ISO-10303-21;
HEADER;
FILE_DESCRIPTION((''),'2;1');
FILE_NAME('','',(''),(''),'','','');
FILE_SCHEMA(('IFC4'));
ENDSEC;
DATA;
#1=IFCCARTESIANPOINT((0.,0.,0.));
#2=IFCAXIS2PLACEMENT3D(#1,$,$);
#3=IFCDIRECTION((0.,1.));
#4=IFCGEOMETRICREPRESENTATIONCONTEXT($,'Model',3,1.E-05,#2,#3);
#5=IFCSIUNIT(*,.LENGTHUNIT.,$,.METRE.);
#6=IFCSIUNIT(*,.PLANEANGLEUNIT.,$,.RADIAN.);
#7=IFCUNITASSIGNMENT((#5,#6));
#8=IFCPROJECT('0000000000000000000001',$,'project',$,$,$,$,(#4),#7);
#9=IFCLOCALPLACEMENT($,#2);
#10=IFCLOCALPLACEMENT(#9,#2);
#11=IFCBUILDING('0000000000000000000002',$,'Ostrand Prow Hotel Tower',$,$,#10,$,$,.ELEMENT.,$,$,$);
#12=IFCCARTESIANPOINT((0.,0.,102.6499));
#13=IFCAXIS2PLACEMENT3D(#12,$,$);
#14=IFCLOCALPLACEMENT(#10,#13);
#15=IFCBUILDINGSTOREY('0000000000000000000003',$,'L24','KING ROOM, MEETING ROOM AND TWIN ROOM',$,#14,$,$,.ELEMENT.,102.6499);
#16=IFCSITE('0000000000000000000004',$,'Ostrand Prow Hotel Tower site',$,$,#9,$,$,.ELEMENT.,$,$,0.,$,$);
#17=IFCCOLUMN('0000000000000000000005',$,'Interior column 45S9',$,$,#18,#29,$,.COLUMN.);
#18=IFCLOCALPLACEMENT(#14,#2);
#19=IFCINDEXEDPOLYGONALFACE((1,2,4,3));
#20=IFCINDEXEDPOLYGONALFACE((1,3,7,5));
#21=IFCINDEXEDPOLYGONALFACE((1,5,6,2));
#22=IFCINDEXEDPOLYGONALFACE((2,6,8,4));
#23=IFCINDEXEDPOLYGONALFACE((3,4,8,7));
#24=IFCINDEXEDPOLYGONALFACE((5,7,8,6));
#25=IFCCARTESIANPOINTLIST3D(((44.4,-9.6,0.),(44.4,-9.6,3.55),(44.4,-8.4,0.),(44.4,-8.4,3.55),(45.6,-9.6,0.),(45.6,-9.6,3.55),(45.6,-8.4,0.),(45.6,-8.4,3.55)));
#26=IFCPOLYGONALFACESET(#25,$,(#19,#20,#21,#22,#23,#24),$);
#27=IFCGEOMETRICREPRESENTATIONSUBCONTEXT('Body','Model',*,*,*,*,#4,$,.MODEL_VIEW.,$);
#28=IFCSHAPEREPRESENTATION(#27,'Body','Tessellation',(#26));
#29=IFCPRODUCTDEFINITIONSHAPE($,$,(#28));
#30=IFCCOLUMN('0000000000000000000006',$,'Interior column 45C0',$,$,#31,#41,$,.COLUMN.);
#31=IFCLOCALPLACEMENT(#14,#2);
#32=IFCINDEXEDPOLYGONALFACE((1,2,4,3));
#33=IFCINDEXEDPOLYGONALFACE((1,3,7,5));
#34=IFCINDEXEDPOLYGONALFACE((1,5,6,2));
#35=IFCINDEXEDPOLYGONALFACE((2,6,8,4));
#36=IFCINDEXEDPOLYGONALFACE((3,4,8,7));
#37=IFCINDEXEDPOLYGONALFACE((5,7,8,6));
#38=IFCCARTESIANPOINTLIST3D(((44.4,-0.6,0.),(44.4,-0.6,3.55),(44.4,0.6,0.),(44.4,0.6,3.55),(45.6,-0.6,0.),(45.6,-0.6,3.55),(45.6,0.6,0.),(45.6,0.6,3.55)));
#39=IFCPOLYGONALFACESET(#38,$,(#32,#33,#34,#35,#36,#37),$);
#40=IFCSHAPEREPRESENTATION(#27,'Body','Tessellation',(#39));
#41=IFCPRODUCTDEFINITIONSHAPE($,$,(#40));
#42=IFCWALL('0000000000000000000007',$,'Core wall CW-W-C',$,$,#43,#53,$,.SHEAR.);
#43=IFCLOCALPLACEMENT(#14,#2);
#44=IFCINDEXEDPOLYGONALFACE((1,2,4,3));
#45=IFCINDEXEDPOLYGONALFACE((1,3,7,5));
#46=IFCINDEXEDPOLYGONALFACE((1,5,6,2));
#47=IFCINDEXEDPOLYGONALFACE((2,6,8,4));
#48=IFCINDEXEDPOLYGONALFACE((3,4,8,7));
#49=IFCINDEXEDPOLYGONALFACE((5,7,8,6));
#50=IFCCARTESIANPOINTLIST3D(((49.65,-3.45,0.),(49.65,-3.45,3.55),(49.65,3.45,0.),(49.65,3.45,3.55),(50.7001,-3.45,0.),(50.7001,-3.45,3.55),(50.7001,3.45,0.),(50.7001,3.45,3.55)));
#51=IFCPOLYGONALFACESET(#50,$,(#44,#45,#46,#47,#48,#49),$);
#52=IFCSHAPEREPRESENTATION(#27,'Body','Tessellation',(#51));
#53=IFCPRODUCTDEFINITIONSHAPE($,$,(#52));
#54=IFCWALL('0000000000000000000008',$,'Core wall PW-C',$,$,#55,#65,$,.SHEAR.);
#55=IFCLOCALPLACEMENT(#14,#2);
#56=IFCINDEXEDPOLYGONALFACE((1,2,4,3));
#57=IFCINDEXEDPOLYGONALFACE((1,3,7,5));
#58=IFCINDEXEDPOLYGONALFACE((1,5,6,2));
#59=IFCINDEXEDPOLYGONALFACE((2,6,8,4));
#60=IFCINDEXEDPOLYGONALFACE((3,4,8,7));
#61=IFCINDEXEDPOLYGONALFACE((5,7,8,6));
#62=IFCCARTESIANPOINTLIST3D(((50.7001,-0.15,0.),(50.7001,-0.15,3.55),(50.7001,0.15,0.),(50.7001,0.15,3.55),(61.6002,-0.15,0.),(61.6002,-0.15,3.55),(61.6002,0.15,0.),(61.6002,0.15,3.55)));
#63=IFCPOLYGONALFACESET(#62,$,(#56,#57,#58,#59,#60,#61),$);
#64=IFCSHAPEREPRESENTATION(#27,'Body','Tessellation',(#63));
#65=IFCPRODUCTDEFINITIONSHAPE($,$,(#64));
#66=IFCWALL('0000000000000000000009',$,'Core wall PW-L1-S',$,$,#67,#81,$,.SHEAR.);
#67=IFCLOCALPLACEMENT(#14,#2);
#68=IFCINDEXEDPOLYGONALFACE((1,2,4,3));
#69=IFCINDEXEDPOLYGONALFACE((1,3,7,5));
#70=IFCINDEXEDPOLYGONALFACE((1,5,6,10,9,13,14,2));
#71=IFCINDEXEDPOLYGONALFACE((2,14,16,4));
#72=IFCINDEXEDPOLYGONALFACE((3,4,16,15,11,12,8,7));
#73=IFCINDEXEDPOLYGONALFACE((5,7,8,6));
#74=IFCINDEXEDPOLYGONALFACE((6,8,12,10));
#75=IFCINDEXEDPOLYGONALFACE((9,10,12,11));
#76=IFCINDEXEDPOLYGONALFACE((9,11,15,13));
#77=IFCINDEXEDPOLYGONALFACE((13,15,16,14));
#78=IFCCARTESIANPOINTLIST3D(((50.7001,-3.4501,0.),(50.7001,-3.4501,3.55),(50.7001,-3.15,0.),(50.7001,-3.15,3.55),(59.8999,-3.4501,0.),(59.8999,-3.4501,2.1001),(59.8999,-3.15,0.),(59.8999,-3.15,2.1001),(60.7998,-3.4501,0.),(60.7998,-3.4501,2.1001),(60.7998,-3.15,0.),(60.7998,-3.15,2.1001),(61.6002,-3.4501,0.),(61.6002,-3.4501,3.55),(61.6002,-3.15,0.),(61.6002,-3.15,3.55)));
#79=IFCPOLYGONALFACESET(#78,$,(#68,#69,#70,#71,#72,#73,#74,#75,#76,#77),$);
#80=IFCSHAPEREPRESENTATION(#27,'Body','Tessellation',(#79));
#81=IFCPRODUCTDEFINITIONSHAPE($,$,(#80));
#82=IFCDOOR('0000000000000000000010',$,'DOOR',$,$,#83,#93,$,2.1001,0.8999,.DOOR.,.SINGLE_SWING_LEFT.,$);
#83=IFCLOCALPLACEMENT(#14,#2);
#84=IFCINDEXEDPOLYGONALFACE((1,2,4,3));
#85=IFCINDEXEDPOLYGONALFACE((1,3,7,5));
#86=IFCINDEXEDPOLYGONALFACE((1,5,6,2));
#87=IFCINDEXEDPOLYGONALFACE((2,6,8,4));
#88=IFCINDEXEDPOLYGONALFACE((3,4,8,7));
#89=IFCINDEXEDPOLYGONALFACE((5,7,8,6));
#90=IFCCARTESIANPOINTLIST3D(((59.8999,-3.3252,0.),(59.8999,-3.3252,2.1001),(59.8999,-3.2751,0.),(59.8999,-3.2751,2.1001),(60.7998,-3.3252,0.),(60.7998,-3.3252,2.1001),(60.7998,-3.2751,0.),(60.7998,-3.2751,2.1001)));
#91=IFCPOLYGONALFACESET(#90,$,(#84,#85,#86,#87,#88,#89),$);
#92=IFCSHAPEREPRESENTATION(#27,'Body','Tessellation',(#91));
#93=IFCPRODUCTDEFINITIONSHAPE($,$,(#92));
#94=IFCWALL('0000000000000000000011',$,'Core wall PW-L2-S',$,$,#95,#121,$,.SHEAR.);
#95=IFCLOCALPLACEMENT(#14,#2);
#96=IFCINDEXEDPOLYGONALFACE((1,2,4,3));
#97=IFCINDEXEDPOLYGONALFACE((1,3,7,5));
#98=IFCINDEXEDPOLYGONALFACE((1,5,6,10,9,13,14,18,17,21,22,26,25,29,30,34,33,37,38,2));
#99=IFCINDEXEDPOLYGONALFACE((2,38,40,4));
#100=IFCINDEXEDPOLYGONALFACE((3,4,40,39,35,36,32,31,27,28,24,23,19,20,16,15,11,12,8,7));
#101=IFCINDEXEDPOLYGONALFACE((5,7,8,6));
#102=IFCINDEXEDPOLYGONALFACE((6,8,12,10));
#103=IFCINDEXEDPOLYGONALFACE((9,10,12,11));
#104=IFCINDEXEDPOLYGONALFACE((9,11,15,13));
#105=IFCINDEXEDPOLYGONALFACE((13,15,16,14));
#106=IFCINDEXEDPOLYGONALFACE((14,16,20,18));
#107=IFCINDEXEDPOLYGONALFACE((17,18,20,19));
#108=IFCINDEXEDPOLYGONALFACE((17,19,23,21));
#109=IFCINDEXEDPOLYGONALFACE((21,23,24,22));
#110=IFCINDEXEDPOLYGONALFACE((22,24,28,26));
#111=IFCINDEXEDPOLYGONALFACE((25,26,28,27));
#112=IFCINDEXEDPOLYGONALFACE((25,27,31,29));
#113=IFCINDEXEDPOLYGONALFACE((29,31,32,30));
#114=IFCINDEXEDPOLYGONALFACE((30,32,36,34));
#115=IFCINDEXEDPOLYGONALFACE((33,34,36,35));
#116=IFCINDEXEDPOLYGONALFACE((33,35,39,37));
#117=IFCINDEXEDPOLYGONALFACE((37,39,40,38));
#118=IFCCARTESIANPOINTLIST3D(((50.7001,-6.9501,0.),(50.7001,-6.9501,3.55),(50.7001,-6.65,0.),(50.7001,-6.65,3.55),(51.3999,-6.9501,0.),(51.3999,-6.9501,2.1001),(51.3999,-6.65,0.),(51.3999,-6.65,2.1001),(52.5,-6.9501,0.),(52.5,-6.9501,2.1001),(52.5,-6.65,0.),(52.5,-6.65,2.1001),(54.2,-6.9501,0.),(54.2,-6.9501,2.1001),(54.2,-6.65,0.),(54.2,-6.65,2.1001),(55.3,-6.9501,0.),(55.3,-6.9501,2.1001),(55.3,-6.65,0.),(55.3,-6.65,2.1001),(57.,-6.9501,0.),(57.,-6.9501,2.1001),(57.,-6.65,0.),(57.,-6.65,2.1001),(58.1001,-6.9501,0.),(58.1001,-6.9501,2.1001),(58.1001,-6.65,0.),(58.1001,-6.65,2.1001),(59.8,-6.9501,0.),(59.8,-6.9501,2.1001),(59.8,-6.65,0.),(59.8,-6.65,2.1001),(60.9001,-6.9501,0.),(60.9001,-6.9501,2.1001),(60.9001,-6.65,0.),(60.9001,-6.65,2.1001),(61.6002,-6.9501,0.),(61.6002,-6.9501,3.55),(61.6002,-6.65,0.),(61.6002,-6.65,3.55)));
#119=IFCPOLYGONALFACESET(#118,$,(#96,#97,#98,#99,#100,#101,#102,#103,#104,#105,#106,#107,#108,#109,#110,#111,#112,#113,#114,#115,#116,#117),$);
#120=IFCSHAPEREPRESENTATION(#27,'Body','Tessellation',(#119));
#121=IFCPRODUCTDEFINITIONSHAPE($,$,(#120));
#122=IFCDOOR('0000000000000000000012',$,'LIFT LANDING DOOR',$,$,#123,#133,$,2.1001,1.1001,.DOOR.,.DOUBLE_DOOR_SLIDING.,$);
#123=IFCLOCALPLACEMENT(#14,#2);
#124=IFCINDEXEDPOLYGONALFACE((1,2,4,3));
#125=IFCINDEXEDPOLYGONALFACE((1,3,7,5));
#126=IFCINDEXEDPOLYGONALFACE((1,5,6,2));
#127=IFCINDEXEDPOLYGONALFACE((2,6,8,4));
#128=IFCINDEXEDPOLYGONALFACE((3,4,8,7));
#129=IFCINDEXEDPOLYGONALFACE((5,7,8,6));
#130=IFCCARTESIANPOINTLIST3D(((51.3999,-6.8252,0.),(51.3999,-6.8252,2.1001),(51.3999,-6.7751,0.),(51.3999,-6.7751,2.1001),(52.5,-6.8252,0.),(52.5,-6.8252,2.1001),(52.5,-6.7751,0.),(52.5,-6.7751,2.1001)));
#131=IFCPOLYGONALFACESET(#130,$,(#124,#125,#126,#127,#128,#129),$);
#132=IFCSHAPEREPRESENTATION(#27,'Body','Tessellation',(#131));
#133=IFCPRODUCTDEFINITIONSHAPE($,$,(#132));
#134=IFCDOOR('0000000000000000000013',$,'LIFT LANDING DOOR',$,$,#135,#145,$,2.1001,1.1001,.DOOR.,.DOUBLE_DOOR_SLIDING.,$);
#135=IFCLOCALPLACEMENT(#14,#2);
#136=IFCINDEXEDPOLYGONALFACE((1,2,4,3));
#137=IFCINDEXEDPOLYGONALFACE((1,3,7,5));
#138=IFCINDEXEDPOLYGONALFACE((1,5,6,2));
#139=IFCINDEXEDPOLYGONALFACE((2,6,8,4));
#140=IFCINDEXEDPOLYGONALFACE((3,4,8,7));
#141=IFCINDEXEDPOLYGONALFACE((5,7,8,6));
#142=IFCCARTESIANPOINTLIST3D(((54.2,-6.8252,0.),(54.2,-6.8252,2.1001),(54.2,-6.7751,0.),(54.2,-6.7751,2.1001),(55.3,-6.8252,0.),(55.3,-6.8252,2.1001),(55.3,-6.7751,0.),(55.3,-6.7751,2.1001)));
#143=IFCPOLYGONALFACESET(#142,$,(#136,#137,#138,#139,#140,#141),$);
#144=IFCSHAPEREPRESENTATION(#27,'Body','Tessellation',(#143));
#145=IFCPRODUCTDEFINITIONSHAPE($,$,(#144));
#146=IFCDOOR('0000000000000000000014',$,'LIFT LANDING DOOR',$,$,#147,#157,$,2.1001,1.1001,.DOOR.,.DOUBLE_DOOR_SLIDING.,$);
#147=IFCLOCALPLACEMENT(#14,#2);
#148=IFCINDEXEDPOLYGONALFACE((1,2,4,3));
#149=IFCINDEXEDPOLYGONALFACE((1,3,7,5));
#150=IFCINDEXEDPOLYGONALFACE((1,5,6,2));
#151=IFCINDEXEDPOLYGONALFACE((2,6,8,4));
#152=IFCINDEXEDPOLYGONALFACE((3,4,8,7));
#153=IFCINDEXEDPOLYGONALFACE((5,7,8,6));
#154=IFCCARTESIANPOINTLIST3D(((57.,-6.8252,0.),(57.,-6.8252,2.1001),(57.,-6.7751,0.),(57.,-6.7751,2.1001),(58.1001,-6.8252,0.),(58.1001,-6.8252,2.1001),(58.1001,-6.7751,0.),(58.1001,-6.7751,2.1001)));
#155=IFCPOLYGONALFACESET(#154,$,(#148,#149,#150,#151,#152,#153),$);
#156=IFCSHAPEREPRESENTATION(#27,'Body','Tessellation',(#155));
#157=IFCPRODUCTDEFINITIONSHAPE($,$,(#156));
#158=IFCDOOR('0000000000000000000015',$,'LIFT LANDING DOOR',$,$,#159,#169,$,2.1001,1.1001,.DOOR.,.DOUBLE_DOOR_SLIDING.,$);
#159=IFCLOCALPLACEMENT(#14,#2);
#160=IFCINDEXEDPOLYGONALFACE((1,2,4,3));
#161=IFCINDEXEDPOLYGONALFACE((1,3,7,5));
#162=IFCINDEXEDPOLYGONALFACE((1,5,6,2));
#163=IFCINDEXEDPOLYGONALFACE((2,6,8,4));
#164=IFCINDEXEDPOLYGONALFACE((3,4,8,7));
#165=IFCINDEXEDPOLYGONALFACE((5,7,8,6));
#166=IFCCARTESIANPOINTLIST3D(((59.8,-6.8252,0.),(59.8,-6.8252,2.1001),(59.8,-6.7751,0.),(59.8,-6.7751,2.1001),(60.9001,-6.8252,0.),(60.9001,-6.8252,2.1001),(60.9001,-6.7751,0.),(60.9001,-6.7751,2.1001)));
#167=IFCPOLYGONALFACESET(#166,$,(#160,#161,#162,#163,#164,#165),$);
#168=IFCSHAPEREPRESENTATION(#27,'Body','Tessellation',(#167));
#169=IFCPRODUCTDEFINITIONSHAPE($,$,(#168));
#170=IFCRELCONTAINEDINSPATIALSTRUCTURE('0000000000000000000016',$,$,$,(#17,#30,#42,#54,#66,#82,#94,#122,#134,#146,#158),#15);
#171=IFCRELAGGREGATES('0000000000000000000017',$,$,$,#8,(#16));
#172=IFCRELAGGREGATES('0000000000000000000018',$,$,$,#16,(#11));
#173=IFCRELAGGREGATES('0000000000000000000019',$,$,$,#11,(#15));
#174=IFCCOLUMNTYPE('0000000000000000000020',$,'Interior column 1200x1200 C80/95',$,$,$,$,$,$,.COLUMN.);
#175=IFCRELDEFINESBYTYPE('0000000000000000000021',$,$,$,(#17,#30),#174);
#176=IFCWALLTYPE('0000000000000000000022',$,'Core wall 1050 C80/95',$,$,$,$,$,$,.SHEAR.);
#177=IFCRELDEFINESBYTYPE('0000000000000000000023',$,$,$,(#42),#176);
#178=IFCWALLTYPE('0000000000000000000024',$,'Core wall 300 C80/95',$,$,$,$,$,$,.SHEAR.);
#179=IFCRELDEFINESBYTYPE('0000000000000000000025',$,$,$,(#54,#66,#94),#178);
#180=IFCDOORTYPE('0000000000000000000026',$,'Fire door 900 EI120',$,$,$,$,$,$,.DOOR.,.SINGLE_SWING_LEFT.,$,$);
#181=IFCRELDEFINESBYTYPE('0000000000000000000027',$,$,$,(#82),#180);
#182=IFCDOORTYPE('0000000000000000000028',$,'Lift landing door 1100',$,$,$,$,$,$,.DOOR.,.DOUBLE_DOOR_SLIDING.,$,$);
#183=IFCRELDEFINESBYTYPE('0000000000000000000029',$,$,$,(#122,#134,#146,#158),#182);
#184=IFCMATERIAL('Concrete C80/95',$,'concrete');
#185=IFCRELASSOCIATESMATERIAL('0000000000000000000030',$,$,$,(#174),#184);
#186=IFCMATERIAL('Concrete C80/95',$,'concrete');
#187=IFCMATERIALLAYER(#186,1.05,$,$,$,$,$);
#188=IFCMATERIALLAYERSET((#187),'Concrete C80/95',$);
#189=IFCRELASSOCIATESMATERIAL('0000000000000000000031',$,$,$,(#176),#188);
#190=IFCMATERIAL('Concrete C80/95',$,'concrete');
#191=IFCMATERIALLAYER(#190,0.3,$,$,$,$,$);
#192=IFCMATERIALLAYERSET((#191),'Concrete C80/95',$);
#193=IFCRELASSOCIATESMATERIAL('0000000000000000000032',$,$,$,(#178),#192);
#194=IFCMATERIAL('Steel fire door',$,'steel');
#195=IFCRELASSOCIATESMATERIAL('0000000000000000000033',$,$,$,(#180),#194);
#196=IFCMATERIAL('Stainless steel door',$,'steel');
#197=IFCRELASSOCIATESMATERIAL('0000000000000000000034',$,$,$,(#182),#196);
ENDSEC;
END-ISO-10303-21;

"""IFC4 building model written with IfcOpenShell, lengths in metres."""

from ifc_helpers import new_model, si_unit, direction, frame, frame_2d, origin, origin_2d, place, context, subcontext, project, spatial, rectangle, extrude, material, layer, layer_set, material_profile, profile_set, type_object, element, fill, save


model = new_model("IFC4")

# Units and contexts
model_context = context("Model", 3, precision=1e-05, world=origin(), true_north=direction((0.0, 1.0)))
body_context = subcontext(model_context, "Body", "Model", "MODEL_VIEW")
ifc_project = project(units=[si_unit("LENGTHUNIT", "METRE"), si_unit("PLANEANGLEUNIT", "RADIAN")], contexts=[model_context])

# Site, building, storey
site_placement = place(None, origin())
site = spatial("IfcSite", under=ifc_project, at=site_placement, Name="Ostrand Prow Hotel Tower site", CompositionType="ELEMENT", RefElevation=0.0)
building_placement = place(site_placement, origin())
building = spatial("IfcBuilding", under=site, at=building_placement, Name="Ostrand Prow Hotel Tower", CompositionType="ELEMENT")
storey_placement = place(building_placement, frame((0.0, 0.0, 102.6499)))
storey = spatial("IfcBuildingStorey", under=building, at=storey_placement, Name="L24", Description="KING ROOM, MEETING ROOM AND TWIN ROOM", CompositionType="ELEMENT", Elevation=102.6499)

# Columns
ifc_material_1 = material(Name="Concrete C80/95", Category="concrete")
ifc_material_profile = material_profile(ifc_material_1, rectangle(XDim=1.2, YDim=1.2, at=origin_2d()), Name="RC 1200x1200")
ifc_profile_set = profile_set([ifc_material_profile], Name="Concrete C80/95")
column_type = type_object("IfcColumnType", Name="Interior column 1200x1200 C80/95", PredefinedType="COLUMN", material=ifc_profile_set)
for number, where, z_axis, x_axis, name in (
    (1, (45.0, -9.0, 0.0), (0.0, 0.0, 1.0), (1.0, 0.0, 0.0), "Interior column 45S9"),
    (2, (45.0, 0.0, 0.0), (0.0, 0.0, 1.0), (1.0, 0.0, 0.0), "Interior column 45C0"),
):
    element("IfcColumn", number, at=place(storey_placement, frame(where, z_axis=z_axis, x_axis=x_axis)), inside=storey, type_object=column_type, Name=name, PredefinedType="COLUMN", context=body_context, shape_type="SweptSolid", body=[
        extrude(rectangle(XDim=1.2, YDim=1.2, at=origin_2d()), origin(), (0.0, 0.0, 1.0), 3.55),
    ])

# Walls
ifc_material_2 = material(Name="Concrete C80/95", Category="concrete")
ifc_layer_1 = layer(ifc_material_2, 1.05)
ifc_layer_set_1 = layer_set([ifc_layer_1], Name="Concrete C80/95")
wall_type_1 = type_object("IfcWallType", Name="Core wall 1050 C80/95", PredefinedType="SHEAR", material=ifc_layer_set_1)
wall_1_placement = place(storey_placement, frame((50.175, -3.45, 0.0), z_axis=(0.0, 0.0, 1.0), x_axis=(0.0, 1.0, 0.0)))
element("IfcWall", 3, at=wall_1_placement, inside=storey, type_object=wall_type_1, Name="Core wall CW-W-C", PredefinedType="SHEAR", context=body_context, shape_type="SweptSolid", body=[
    extrude(rectangle(XDim=6.8999, YDim=1.05, at=frame_2d((3.45, 0.0))), origin(), (0.0, 0.0, 1.0), 3.55),
])
ifc_material_3 = material(Name="Concrete C80/95", Category="concrete")
ifc_layer_2 = layer(ifc_material_3, 0.3)
ifc_layer_set_2 = layer_set([ifc_layer_2], Name="Concrete C80/95")
wall_type_2 = type_object("IfcWallType", Name="Core wall 300 C80/95", PredefinedType="SHEAR", material=ifc_layer_set_2)
wall_2_placement = place(storey_placement, frame((50.7, 0.0, 0.0), z_axis=(0.0, 0.0, 1.0), x_axis=(1.0, 0.0, 0.0)))
element("IfcWall", 4, at=wall_2_placement, inside=storey, type_object=wall_type_2, Name="Core wall PW-C", PredefinedType="SHEAR", context=body_context, shape_type="SweptSolid", body=[
    extrude(rectangle(XDim=10.9001, YDim=0.3, at=frame_2d((5.4502, 0.0))), origin(), (0.0, 0.0, 1.0), 3.55),
])

# Wall, opening, door
wall_3_placement = place(storey_placement, frame((50.7, -3.3, 0.0), z_axis=(0.0, 0.0, 1.0), x_axis=(1.0, 0.0, 0.0)))
wall_3 = element("IfcWall", 5, at=wall_3_placement, inside=storey, type_object=wall_type_2, Name="Core wall PW-L1-S", PredefinedType="SHEAR", context=body_context, shape_type="SweptSolid", body=[
    extrude(rectangle(XDim=10.9001, YDim=0.3, at=frame_2d((5.4502, 0.0))), origin(), (0.0, 0.0, 1.0), 3.55),
])
opening_1_placement = place(wall_3_placement, frame((9.2, 0.0, 0.0)))
opening_1 = element("IfcOpeningElement", 6, at=opening_1_placement, cuts=wall_3, PredefinedType="OPENING", context=body_context, shape_type="SweptSolid", body=[
    extrude(rectangle(XDim=0.8999, YDim=2.1001, at=frame_2d((0.45, 1.05))), frame((0.0, 0.1599, 0.0), z_axis=(0.0, -1.0, 0.0), x_axis=(1.0, 0.0, 0.0)), (0.0, 0.0, 1.0), 0.3201),
])
ifc_material_4 = material(Name="Steel fire door", Category="steel")
door_type_1 = type_object("IfcDoorType", Name="Fire door 900 EI120", OperationType="SINGLE_SWING_LEFT", PredefinedType="DOOR", material=ifc_material_4)
door_1_placement = place(opening_1_placement, origin())
door_1 = element("IfcDoor", 7, at=door_1_placement, inside=storey, type_object=door_type_1, Name="DOOR", OperationType="SINGLE_SWING_LEFT", OverallHeight=2.1001, OverallWidth=0.8999, PredefinedType="DOOR", context=body_context, shape_type="SweptSolid", body=[
    extrude(rectangle(XDim=0.8999, YDim=2.1001, at=frame_2d((0.45, 1.05))), frame((0.0, 0.0249, 0.0), z_axis=(0.0, -1.0, 0.0), x_axis=(1.0, 0.0, 0.0)), (0.0, 0.0, 1.0), 0.05),
])
fill(opening_1, door_1)

# Wall, openings, doors
wall_4_placement = place(storey_placement, frame((50.7, -6.8, 0.0), z_axis=(0.0, 0.0, 1.0), x_axis=(1.0, 0.0, 0.0)))
wall_4 = element("IfcWall", 8, at=wall_4_placement, inside=storey, type_object=wall_type_2, Name="Core wall PW-L2-S", PredefinedType="SHEAR", context=body_context, shape_type="SweptSolid", body=[
    extrude(rectangle(XDim=10.9001, YDim=0.3, at=frame_2d((5.4502, 0.0))), origin(), (0.0, 0.0, 1.0), 3.55),
])
opening_2_placement = place(wall_4_placement, frame((0.7, 0.0, 0.0)))
opening_2 = element("IfcOpeningElement", 9, at=opening_2_placement, cuts=wall_4, PredefinedType="OPENING", context=body_context, shape_type="SweptSolid", body=[
    extrude(rectangle(XDim=1.1001, YDim=2.1001, at=frame_2d((0.55, 1.05))), frame((0.0, 0.1599, 0.0), z_axis=(0.0, -1.0, 0.0), x_axis=(1.0, 0.0, 0.0)), (0.0, 0.0, 1.0), 0.3201),
])
opening_3_placement = place(wall_4_placement, frame((3.5, 0.0, 0.0)))
opening_3 = element("IfcOpeningElement", 10, at=opening_3_placement, cuts=wall_4, PredefinedType="OPENING", context=body_context, shape_type="SweptSolid", body=[
    extrude(rectangle(XDim=1.1001, YDim=2.1001, at=frame_2d((0.55, 1.05))), frame((0.0, 0.1599, 0.0), z_axis=(0.0, -1.0, 0.0), x_axis=(1.0, 0.0, 0.0)), (0.0, 0.0, 1.0), 0.3201),
])
opening_4_placement = place(wall_4_placement, frame((6.3, 0.0, 0.0)))
opening_4 = element("IfcOpeningElement", 11, at=opening_4_placement, cuts=wall_4, PredefinedType="OPENING", context=body_context, shape_type="SweptSolid", body=[
    extrude(rectangle(XDim=1.1001, YDim=2.1001, at=frame_2d((0.55, 1.05))), frame((0.0, 0.1599, 0.0), z_axis=(0.0, -1.0, 0.0), x_axis=(1.0, 0.0, 0.0)), (0.0, 0.0, 1.0), 0.3201),
])
opening_5_placement = place(wall_4_placement, frame((9.1001, 0.0, 0.0)))
opening_5 = element("IfcOpeningElement", 12, at=opening_5_placement, cuts=wall_4, PredefinedType="OPENING", context=body_context, shape_type="SweptSolid", body=[
    extrude(rectangle(XDim=1.1001, YDim=2.1001, at=frame_2d((0.55, 1.05))), frame((0.0, 0.1599, 0.0), z_axis=(0.0, -1.0, 0.0), x_axis=(1.0, 0.0, 0.0)), (0.0, 0.0, 1.0), 0.3201),
])
ifc_material_5 = material(Name="Stainless steel door", Category="steel")
door_type_2 = type_object("IfcDoorType", Name="Lift landing door 1100", OperationType="DOUBLE_DOOR_SLIDING", PredefinedType="DOOR", material=ifc_material_5)
door_2_placement = place(opening_2_placement, origin())
door_2 = element("IfcDoor", 13, at=door_2_placement, inside=storey, type_object=door_type_2, Name="LIFT LANDING DOOR", OperationType="DOUBLE_DOOR_SLIDING", OverallHeight=2.1001, OverallWidth=1.1001, PredefinedType="DOOR", context=body_context, shape_type="SweptSolid", body=[
    extrude(rectangle(XDim=1.1001, YDim=2.1001, at=frame_2d((0.55, 1.05))), frame((0.0, 0.0249, 0.0), z_axis=(0.0, -1.0, 0.0), x_axis=(1.0, 0.0, 0.0)), (0.0, 0.0, 1.0), 0.05),
])
fill(opening_2, door_2)
door_3_placement = place(opening_3_placement, origin())
door_3 = element("IfcDoor", 14, at=door_3_placement, inside=storey, type_object=door_type_2, Name="LIFT LANDING DOOR", OperationType="DOUBLE_DOOR_SLIDING", OverallHeight=2.1001, OverallWidth=1.1001, PredefinedType="DOOR", context=body_context, shape_type="SweptSolid", body=[
    extrude(rectangle(XDim=1.1001, YDim=2.1001, at=frame_2d((0.55, 1.05))), frame((0.0, 0.0249, 0.0), z_axis=(0.0, -1.0, 0.0), x_axis=(1.0, 0.0, 0.0)), (0.0, 0.0, 1.0), 0.05),
])
fill(opening_3, door_3)
door_4_placement = place(opening_4_placement, origin())
door_4 = element("IfcDoor", 15, at=door_4_placement, inside=storey, type_object=door_type_2, Name="LIFT LANDING DOOR", OperationType="DOUBLE_DOOR_SLIDING", OverallHeight=2.1001, OverallWidth=1.1001, PredefinedType="DOOR", context=body_context, shape_type="SweptSolid", body=[
    extrude(rectangle(XDim=1.1001, YDim=2.1001, at=frame_2d((0.55, 1.05))), frame((0.0, 0.0249, 0.0), z_axis=(0.0, -1.0, 0.0), x_axis=(1.0, 0.0, 0.0)), (0.0, 0.0, 1.0), 0.05),
])
fill(opening_4, door_4)
door_5_placement = place(opening_5_placement, origin())
door_5 = element("IfcDoor", 16, at=door_5_placement, inside=storey, type_object=door_type_2, Name="LIFT LANDING DOOR", OperationType="DOUBLE_DOOR_SLIDING", OverallHeight=2.1001, OverallWidth=1.1001, PredefinedType="DOOR", context=body_context, shape_type="SweptSolid", body=[
    extrude(rectangle(XDim=1.1001, YDim=2.1001, at=frame_2d((0.55, 1.05))), frame((0.0, 0.0249, 0.0), z_axis=(0.0, -1.0, 0.0), x_axis=(1.0, 0.0, 0.0)), (0.0, 0.0, 1.0), 0.05),
])
fill(opening_5, door_5)

save(model, "model.ifc")
